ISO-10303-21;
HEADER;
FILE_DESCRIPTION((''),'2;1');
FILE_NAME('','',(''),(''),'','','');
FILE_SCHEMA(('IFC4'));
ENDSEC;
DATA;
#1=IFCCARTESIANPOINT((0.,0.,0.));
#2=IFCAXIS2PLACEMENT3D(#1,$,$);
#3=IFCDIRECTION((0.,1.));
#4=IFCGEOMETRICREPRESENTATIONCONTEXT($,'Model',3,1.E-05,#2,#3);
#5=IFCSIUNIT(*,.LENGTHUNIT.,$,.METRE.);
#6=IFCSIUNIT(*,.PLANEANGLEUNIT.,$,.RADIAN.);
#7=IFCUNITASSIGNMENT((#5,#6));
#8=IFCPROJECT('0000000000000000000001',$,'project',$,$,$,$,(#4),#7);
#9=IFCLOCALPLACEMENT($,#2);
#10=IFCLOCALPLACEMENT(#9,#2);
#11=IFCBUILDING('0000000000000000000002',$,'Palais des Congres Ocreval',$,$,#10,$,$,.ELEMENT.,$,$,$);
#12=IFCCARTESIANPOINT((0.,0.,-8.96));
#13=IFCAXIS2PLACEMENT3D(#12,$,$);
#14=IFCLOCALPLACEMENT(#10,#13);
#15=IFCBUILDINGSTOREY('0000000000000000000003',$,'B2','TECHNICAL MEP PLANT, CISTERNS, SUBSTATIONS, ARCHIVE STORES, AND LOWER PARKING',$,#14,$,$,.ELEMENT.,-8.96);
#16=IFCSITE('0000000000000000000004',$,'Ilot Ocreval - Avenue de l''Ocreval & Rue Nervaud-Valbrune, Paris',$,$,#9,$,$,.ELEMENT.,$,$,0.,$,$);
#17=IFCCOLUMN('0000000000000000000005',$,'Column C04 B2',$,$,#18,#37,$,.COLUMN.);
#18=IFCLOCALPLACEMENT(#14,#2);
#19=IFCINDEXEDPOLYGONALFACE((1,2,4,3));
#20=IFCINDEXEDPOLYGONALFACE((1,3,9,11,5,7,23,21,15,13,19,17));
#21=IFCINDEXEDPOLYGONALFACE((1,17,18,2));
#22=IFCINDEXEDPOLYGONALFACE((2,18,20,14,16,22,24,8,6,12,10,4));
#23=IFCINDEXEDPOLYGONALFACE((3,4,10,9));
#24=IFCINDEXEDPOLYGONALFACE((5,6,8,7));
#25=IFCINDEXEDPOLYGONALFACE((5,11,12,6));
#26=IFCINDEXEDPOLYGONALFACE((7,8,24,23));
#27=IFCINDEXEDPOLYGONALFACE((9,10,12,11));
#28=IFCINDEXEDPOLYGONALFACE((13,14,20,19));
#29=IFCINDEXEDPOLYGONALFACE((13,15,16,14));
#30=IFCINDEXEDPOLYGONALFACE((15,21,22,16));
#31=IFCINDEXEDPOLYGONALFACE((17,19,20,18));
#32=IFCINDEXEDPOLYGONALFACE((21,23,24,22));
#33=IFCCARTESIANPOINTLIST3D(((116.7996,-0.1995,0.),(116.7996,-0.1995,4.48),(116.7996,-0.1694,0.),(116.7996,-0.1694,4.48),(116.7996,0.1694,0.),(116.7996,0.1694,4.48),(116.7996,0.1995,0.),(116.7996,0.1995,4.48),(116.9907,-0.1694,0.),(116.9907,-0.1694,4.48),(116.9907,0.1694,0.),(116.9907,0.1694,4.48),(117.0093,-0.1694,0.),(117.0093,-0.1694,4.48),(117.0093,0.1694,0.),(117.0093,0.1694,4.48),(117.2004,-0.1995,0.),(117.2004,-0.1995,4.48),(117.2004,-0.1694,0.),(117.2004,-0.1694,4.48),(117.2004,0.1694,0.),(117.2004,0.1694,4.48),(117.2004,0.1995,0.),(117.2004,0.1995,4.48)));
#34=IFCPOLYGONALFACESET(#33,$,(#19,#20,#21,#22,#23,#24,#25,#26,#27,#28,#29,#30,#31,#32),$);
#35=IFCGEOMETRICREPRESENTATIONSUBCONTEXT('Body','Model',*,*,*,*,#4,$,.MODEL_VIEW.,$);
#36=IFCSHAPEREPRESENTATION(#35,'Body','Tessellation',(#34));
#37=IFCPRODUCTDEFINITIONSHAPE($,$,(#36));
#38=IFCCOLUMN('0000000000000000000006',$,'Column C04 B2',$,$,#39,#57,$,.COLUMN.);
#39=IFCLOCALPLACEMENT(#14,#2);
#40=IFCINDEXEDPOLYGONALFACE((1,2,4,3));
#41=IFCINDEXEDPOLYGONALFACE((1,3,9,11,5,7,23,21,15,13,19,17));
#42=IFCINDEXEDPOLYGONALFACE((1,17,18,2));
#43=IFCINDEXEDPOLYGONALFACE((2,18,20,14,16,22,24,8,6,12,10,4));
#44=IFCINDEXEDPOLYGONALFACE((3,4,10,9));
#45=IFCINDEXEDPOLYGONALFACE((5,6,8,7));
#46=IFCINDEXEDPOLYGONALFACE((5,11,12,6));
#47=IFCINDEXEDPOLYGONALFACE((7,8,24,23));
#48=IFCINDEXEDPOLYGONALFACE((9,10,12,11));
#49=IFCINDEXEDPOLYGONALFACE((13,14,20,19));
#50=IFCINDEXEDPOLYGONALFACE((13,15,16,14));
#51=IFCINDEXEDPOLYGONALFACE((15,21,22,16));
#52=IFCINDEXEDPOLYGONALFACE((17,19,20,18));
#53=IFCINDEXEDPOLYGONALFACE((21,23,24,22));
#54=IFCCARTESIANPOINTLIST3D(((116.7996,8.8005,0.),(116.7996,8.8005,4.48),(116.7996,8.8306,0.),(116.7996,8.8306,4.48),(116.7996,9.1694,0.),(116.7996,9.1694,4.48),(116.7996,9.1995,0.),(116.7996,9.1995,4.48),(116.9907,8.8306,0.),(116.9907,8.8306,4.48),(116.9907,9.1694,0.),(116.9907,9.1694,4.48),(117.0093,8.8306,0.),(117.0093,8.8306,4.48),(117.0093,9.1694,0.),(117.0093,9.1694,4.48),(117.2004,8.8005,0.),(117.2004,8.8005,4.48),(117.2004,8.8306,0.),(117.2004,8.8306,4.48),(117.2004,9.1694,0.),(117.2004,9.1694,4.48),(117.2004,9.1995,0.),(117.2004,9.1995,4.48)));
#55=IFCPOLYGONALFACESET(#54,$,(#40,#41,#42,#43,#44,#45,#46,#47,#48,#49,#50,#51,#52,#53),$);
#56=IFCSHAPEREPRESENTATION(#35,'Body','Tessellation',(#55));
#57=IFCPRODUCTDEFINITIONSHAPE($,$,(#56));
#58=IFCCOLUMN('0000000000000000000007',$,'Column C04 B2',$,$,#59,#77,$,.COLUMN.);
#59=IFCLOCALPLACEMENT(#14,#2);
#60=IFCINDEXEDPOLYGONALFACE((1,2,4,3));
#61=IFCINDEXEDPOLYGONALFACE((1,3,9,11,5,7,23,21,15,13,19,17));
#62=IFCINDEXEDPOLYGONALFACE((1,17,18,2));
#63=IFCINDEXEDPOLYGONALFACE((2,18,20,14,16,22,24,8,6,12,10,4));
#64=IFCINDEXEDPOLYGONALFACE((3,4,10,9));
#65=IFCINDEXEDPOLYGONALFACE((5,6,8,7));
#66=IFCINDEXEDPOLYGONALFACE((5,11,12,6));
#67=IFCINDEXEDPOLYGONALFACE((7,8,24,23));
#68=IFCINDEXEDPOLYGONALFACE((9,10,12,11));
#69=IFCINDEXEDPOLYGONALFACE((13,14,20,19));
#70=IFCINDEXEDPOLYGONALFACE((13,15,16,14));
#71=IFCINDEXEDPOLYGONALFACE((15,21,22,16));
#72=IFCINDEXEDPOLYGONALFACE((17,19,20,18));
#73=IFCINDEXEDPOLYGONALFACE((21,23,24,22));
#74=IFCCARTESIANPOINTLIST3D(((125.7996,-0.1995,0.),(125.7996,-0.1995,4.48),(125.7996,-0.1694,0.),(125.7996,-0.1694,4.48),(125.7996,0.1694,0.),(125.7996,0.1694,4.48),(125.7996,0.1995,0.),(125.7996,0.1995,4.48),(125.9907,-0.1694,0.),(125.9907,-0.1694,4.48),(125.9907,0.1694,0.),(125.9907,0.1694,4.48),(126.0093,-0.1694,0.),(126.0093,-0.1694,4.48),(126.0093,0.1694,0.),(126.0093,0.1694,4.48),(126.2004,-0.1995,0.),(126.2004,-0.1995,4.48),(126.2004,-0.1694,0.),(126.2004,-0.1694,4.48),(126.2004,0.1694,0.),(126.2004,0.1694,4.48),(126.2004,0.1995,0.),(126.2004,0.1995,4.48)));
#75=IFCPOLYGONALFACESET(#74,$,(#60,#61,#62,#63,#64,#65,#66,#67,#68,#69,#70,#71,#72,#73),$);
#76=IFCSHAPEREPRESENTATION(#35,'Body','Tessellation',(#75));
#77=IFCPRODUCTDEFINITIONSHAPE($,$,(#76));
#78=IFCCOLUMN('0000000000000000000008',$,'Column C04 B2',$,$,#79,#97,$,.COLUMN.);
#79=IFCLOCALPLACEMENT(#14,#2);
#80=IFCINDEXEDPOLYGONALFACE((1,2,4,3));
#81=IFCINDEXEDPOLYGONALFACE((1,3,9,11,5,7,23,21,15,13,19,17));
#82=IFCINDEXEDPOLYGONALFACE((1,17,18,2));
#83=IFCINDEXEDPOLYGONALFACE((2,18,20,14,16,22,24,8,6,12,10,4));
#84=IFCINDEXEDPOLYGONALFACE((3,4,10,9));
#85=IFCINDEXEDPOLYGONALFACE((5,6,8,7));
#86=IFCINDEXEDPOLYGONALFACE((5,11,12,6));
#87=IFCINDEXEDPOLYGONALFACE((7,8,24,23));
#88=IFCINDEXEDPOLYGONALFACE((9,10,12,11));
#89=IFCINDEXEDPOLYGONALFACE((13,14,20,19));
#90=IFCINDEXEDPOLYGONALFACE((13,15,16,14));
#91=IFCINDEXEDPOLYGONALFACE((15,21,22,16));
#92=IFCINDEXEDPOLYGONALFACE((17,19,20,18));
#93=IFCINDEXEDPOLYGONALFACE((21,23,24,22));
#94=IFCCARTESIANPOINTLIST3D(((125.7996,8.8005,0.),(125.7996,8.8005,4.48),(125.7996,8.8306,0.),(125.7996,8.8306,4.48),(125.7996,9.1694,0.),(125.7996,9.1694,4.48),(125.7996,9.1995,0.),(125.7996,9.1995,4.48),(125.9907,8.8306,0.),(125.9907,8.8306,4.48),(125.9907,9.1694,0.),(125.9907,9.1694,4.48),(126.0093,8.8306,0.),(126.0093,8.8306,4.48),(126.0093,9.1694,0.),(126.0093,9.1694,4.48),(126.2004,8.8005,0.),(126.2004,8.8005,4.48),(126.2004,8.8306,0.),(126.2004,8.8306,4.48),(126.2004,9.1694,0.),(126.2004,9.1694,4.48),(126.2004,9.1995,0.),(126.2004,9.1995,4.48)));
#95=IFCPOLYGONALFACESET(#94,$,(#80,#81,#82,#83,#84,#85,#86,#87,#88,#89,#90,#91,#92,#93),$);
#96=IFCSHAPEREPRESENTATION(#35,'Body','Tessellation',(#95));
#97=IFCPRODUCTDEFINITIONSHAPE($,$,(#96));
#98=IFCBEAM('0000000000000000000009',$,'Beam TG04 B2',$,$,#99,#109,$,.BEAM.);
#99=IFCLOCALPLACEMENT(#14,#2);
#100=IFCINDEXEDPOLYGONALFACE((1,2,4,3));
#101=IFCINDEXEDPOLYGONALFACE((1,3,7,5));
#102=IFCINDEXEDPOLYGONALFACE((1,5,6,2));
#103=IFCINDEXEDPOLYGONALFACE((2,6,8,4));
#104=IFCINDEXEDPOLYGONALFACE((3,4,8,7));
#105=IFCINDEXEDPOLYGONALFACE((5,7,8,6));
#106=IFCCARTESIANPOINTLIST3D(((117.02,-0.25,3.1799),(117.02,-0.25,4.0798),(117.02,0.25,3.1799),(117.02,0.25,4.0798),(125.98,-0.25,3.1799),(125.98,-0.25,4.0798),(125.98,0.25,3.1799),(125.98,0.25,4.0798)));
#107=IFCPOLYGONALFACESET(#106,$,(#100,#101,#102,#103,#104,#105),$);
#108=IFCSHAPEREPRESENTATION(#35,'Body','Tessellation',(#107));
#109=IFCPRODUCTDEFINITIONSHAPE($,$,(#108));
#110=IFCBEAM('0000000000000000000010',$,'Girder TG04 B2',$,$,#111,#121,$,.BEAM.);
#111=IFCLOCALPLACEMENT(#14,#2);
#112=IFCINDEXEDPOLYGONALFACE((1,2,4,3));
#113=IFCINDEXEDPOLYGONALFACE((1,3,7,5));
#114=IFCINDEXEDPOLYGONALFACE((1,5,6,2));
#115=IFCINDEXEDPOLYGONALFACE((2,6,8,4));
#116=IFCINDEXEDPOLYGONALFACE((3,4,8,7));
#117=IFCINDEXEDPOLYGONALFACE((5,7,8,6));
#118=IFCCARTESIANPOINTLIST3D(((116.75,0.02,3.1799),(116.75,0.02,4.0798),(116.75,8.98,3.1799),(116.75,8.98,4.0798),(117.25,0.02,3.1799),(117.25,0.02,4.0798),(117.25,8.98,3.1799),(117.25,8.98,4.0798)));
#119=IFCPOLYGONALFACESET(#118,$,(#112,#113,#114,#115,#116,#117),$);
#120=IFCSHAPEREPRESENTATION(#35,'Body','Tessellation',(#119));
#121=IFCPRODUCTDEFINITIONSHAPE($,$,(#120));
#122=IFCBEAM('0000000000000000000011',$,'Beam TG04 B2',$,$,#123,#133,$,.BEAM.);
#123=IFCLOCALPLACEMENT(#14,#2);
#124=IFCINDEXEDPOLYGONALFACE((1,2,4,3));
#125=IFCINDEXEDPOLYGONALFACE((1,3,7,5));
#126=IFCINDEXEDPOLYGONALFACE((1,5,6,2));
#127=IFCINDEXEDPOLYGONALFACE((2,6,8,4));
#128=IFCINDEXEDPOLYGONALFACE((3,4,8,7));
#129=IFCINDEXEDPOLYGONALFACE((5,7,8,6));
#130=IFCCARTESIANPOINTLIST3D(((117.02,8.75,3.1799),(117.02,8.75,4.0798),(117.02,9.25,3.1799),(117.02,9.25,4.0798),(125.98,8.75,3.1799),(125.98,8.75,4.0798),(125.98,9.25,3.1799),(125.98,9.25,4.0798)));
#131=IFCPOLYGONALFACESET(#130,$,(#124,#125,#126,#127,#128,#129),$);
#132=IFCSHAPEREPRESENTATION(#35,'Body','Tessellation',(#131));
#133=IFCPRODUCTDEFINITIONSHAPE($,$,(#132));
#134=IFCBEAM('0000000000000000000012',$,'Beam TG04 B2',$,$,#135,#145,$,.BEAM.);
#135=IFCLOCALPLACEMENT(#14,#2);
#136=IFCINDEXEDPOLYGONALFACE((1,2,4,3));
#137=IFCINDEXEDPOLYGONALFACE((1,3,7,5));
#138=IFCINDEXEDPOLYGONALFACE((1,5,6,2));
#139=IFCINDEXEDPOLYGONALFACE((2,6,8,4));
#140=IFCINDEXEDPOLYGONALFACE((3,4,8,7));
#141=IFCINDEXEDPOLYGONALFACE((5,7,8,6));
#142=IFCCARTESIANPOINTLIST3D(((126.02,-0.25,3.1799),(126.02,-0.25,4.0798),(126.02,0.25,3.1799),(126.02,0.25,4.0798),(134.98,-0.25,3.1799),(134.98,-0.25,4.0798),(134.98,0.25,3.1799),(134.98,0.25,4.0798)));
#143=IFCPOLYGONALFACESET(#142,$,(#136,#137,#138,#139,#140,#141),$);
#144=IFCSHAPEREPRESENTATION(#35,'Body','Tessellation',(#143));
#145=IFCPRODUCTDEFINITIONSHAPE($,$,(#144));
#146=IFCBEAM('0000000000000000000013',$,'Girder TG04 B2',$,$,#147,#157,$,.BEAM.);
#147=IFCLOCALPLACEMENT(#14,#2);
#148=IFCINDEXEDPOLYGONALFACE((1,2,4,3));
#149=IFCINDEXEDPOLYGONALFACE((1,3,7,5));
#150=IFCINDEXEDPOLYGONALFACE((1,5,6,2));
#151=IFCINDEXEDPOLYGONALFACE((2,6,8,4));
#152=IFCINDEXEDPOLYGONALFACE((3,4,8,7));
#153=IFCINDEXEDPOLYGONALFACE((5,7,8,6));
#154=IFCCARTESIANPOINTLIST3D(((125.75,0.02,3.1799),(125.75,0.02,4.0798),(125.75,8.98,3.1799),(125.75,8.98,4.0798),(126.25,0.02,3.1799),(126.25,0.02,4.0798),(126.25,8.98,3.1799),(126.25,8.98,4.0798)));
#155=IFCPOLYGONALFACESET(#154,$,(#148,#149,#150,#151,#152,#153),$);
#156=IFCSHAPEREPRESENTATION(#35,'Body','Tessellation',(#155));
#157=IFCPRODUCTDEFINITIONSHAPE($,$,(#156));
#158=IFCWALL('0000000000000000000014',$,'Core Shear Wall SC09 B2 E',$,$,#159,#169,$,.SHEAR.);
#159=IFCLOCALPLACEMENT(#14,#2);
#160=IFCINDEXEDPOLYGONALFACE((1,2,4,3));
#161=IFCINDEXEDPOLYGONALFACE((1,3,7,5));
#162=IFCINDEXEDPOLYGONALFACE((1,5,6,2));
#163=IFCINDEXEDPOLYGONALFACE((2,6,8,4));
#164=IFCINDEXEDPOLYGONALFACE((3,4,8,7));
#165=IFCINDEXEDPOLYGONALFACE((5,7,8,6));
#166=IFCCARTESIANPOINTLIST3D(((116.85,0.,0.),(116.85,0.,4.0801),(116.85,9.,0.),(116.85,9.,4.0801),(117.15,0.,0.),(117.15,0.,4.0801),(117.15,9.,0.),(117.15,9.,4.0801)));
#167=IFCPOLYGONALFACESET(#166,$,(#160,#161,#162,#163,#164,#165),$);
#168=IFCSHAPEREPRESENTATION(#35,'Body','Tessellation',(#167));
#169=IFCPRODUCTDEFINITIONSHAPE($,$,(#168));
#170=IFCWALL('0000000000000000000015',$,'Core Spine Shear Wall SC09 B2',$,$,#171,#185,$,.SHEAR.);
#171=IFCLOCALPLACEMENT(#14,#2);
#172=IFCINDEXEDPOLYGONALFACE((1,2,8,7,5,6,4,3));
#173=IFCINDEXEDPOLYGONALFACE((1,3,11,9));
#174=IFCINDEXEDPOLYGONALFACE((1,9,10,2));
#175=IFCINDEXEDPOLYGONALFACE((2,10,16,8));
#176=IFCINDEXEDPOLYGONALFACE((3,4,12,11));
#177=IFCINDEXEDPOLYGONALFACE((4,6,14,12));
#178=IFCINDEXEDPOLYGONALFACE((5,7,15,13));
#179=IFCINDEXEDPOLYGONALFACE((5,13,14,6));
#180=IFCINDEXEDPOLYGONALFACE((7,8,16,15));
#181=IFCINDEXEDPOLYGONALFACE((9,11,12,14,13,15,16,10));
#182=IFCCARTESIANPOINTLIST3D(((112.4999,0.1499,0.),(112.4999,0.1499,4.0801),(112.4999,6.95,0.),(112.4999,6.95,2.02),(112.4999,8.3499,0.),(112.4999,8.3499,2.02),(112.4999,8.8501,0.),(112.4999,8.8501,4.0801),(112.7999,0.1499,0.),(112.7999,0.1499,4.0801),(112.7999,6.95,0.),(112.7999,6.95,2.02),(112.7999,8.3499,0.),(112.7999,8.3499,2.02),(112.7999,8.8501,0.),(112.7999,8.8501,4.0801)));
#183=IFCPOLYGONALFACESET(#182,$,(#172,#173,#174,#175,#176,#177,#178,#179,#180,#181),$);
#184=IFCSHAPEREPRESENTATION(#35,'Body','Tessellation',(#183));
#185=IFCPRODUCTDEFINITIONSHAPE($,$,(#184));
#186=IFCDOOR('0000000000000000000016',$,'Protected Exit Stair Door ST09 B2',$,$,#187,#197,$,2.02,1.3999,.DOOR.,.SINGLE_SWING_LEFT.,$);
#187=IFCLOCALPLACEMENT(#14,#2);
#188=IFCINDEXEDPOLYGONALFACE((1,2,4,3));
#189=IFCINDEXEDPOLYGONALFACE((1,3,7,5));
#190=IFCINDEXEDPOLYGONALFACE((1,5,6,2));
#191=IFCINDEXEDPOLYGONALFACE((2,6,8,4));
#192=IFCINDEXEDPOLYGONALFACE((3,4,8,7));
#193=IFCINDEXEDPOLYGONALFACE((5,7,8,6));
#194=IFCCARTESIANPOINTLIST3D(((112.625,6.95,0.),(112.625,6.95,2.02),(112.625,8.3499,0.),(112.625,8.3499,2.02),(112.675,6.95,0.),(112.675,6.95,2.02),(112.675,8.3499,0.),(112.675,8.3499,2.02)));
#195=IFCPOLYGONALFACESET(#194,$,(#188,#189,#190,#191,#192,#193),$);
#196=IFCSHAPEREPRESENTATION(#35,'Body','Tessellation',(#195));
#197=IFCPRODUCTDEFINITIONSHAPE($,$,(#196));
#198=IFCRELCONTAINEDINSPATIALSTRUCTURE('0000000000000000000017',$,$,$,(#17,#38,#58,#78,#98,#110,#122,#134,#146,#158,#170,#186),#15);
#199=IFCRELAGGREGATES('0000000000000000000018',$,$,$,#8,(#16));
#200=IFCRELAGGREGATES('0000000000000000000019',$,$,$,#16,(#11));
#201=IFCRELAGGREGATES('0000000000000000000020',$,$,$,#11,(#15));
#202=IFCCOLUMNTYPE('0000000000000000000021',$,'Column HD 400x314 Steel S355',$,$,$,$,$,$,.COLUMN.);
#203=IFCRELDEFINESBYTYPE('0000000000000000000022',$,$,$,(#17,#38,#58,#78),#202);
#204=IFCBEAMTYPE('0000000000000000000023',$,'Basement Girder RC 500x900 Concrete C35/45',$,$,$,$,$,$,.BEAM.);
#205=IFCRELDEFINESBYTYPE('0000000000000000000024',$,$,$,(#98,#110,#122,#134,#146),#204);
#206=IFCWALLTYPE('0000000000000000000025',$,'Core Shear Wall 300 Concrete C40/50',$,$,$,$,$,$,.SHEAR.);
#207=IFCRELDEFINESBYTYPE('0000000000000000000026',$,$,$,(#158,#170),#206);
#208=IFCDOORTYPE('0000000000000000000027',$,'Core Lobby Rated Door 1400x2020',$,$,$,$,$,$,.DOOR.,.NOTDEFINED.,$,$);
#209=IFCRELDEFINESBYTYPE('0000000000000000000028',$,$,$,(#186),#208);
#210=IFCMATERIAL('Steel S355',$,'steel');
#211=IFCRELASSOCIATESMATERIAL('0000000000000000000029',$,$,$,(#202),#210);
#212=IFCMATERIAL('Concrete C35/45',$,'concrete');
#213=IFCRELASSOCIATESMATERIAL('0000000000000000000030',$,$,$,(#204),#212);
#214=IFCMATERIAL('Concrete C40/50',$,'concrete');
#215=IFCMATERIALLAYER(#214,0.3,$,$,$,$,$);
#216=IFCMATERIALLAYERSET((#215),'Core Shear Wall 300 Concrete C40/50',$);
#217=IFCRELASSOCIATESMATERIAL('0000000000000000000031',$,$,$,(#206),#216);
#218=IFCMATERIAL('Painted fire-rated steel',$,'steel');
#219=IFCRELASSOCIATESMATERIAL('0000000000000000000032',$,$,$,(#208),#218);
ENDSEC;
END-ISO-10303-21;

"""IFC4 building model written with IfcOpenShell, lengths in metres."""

from ifc_helpers import new_model, si_unit, direction, frame, frame_2d, origin, origin_2d, place, context, subcontext, project, spatial, rectangle, i_section, extrude, material, layer, layer_set, material_profile, profile_set, type_object, element, fill, save


model = new_model("IFC4")

# Units and contexts
model_context = context("Model", 3, precision=1e-05, world=origin(), true_north=direction((0.0, 1.0)))
body_context = subcontext(model_context, "Body", "Model", "MODEL_VIEW")
ifc_project = project(units=[si_unit("LENGTHUNIT", "METRE"), si_unit("PLANEANGLEUNIT", "RADIAN")], contexts=[model_context])

# Site, building, storey
site_placement = place(None, origin())
site = spatial("IfcSite", under=ifc_project, at=site_placement, Name="Ilot Ocreval - Avenue de l'Ocreval & Rue Nervaud-Valbrune, Paris", CompositionType="ELEMENT", RefElevation=0.0)
building_placement = place(site_placement, origin())
building = spatial("IfcBuilding", under=site, at=building_placement, Name="Palais des Congres Ocreval", CompositionType="ELEMENT")
storey_placement = place(building_placement, frame((0.0, 0.0, -8.96)))
storey = spatial("IfcBuildingStorey", under=building, at=storey_placement, Name="B2", Description="TECHNICAL MEP PLANT, CISTERNS, SUBSTATIONS, ARCHIVE STORES, AND LOWER PARKING", CompositionType="ELEMENT", Elevation=-8.96)

# Shared definitions
ifc_material_1 = material(Name="Concrete C35/45", Category="concrete")

# Columns
ifc_material_2 = material(Name="Steel S355", Category="steel")
ifc_material_profile_1 = material_profile(ifc_material_2, i_section(OverallWidth=0.4009, OverallDepth=0.3989, WebThickness=0.0186, FlangeThickness=0.03, at=origin_2d()), Name="HD 400x314")
ifc_profile_set_1 = profile_set([ifc_material_profile_1], Name="Steel S355")
column_type = type_object("IfcColumnType", Name="Column HD 400x314 Steel S355", PredefinedType="COLUMN", material=ifc_profile_set_1)
for number, where, z_axis, x_axis, name in (
    (1, (117.0, 0.0, 0.0), (0.0, 0.0, 1.0), (1.0, 0.0, 0.0), "Column C04 B2"),
    (2, (117.0, 9.0, 0.0), (0.0, 0.0, 1.0), (1.0, 0.0, 0.0), "Column C04 B2"),
    (3, (126.0, 0.0, 0.0), (0.0, 0.0, 1.0), (1.0, 0.0, 0.0), "Column C04 B2"),
    (4, (126.0, 9.0, 0.0), (0.0, 0.0, 1.0), (1.0, 0.0, 0.0), "Column C04 B2"),
):
    element("IfcColumn", number, at=place(storey_placement, frame(where, z_axis=z_axis, x_axis=x_axis)), inside=storey, type_object=column_type, Name=name, PredefinedType="COLUMN", context=body_context, shape_type="SweptSolid", body=[
        extrude(i_section(OverallWidth=0.4009, OverallDepth=0.3989, WebThickness=0.0186, FlangeThickness=0.03, at=origin_2d()), origin(), (0.0, 0.0, 1.0), 4.48),
    ])

# Beams
ifc_material_profile_2 = material_profile(ifc_material_1, rectangle(XDim=0.5, YDim=0.8999, at=origin_2d()), Name="RC 500x900")
ifc_profile_set_2 = profile_set([ifc_material_profile_2], Name="Concrete C35/45")
beam_type = type_object("IfcBeamType", Name="Basement Girder RC 500x900 Concrete C35/45", PredefinedType="BEAM", material=ifc_profile_set_2)
for number, where, z_axis, x_axis, name in (
    (5, (117.02, 0.0, 3.6299), (1.0, 0.0, 0.0), (0.0, 1.0, 0.0), "Beam TG04 B2"),
    (6, (117.0, 0.02, 3.6299), (0.0, 1.0, 0.0), (-1.0, 0.0, 0.0), "Girder TG04 B2"),
    (7, (117.02, 9.0, 3.6299), (1.0, 0.0, 0.0), (0.0, 1.0, 0.0), "Beam TG04 B2"),
    (8, (126.02, 0.0, 3.6299), (1.0, 0.0, 0.0), (0.0, 1.0, 0.0), "Beam TG04 B2"),
    (9, (126.0, 0.02, 3.6299), (0.0, 1.0, 0.0), (-1.0, 0.0, 0.0), "Girder TG04 B2"),
):
    element("IfcBeam", number, at=place(storey_placement, frame(where, z_axis=z_axis, x_axis=x_axis)), inside=storey, type_object=beam_type, Name=name, PredefinedType="BEAM", context=body_context, shape_type="SweptSolid", body=[
        extrude(rectangle(XDim=0.5, YDim=0.8999, at=origin_2d()), origin(), (0.0, 0.0, 1.0), 8.96),
    ])

# Wall
ifc_material_3 = material(Name="Concrete C40/50", Category="concrete")
ifc_layer_1 = layer(ifc_material_3, 0.3)
ifc_layer_set_1 = layer_set([ifc_layer_1], Name="Core Shear Wall 300 Concrete C40/50")
wall_type_1 = type_object("IfcWallType", Name="Core Shear Wall 300 Concrete C40/50", PredefinedType="SHEAR", material=ifc_layer_set_1)
wall_1_placement = place(storey_placement, frame((117.0, 0.0, 0.0), z_axis=(0.0, 0.0, 1.0), x_axis=(0.0, 1.0, 0.0)))
element("IfcWall", 10, at=wall_1_placement, inside=storey, type_object=wall_type_1, Name="Core Shear Wall SC09 B2 E", PredefinedType="SHEAR", context=body_context, shape_type="SweptSolid", body=[
    extrude(rectangle(XDim=9.0, YDim=0.3, at=frame_2d((4.5, 0.0))), origin(), (0.0, 0.0, 1.0), 4.0801),
])

# Wall, opening, door
wall_2_placement = place(storey_placement, frame((112.6499, 0.1499, 0.0), z_axis=(0.0, 0.0, 1.0), x_axis=(0.0, 1.0, 0.0)))
wall_2 = element("IfcWall", 11, at=wall_2_placement, inside=storey, type_object=wall_type_1, Name="Core Spine Shear Wall SC09 B2", PredefinedType="SHEAR", context=body_context, shape_type="SweptSolid", body=[
    extrude(rectangle(XDim=8.7002, YDim=0.3, at=frame_2d((4.3501, 0.0))), origin(), (0.0, 0.0, 1.0), 4.0801),
])
opening_1_placement = place(wall_2_placement, frame((6.8, 0.0, 0.0)))
opening_1 = element("IfcOpeningElement", 12, at=opening_1_placement, cuts=wall_2, PredefinedType="OPENING", context=body_context, shape_type="SweptSolid", body=[
    extrude(rectangle(XDim=1.3999, YDim=2.02, at=frame_2d((0.7, 1.01))), frame((0.0, 0.1599, 0.0), z_axis=(0.0, -1.0, 0.0), x_axis=(1.0, 0.0, 0.0)), (0.0, 0.0, 1.0), 0.3201),
])
ifc_material_4 = material(Name="Painted fire-rated steel", Category="steel")
door_type_1 = type_object("IfcDoorType", Name="Core Lobby Rated Door 1400x2020", OperationType="NOTDEFINED", PredefinedType="DOOR", material=ifc_material_4)
door_1_placement = place(opening_1_placement, origin())
door_1 = element("IfcDoor", 13, at=door_1_placement, inside=storey, type_object=door_type_1, Name="Protected Exit Stair Door ST09 B2", OperationType="SINGLE_SWING_LEFT", OverallHeight=2.02, OverallWidth=1.3999, PredefinedType="DOOR", context=body_context, shape_type="SweptSolid", body=[
    extrude(rectangle(XDim=1.3999, YDim=2.02, at=frame_2d((0.7, 1.01))), frame((0.0, 0.0249, 0.0), z_axis=(0.0, -1.0, 0.0), x_axis=(1.0, 0.0, 0.0)), (0.0, 0.0, 1.0), 0.05),
])
fill(opening_1, door_1)

save(model, "model.ifc")
